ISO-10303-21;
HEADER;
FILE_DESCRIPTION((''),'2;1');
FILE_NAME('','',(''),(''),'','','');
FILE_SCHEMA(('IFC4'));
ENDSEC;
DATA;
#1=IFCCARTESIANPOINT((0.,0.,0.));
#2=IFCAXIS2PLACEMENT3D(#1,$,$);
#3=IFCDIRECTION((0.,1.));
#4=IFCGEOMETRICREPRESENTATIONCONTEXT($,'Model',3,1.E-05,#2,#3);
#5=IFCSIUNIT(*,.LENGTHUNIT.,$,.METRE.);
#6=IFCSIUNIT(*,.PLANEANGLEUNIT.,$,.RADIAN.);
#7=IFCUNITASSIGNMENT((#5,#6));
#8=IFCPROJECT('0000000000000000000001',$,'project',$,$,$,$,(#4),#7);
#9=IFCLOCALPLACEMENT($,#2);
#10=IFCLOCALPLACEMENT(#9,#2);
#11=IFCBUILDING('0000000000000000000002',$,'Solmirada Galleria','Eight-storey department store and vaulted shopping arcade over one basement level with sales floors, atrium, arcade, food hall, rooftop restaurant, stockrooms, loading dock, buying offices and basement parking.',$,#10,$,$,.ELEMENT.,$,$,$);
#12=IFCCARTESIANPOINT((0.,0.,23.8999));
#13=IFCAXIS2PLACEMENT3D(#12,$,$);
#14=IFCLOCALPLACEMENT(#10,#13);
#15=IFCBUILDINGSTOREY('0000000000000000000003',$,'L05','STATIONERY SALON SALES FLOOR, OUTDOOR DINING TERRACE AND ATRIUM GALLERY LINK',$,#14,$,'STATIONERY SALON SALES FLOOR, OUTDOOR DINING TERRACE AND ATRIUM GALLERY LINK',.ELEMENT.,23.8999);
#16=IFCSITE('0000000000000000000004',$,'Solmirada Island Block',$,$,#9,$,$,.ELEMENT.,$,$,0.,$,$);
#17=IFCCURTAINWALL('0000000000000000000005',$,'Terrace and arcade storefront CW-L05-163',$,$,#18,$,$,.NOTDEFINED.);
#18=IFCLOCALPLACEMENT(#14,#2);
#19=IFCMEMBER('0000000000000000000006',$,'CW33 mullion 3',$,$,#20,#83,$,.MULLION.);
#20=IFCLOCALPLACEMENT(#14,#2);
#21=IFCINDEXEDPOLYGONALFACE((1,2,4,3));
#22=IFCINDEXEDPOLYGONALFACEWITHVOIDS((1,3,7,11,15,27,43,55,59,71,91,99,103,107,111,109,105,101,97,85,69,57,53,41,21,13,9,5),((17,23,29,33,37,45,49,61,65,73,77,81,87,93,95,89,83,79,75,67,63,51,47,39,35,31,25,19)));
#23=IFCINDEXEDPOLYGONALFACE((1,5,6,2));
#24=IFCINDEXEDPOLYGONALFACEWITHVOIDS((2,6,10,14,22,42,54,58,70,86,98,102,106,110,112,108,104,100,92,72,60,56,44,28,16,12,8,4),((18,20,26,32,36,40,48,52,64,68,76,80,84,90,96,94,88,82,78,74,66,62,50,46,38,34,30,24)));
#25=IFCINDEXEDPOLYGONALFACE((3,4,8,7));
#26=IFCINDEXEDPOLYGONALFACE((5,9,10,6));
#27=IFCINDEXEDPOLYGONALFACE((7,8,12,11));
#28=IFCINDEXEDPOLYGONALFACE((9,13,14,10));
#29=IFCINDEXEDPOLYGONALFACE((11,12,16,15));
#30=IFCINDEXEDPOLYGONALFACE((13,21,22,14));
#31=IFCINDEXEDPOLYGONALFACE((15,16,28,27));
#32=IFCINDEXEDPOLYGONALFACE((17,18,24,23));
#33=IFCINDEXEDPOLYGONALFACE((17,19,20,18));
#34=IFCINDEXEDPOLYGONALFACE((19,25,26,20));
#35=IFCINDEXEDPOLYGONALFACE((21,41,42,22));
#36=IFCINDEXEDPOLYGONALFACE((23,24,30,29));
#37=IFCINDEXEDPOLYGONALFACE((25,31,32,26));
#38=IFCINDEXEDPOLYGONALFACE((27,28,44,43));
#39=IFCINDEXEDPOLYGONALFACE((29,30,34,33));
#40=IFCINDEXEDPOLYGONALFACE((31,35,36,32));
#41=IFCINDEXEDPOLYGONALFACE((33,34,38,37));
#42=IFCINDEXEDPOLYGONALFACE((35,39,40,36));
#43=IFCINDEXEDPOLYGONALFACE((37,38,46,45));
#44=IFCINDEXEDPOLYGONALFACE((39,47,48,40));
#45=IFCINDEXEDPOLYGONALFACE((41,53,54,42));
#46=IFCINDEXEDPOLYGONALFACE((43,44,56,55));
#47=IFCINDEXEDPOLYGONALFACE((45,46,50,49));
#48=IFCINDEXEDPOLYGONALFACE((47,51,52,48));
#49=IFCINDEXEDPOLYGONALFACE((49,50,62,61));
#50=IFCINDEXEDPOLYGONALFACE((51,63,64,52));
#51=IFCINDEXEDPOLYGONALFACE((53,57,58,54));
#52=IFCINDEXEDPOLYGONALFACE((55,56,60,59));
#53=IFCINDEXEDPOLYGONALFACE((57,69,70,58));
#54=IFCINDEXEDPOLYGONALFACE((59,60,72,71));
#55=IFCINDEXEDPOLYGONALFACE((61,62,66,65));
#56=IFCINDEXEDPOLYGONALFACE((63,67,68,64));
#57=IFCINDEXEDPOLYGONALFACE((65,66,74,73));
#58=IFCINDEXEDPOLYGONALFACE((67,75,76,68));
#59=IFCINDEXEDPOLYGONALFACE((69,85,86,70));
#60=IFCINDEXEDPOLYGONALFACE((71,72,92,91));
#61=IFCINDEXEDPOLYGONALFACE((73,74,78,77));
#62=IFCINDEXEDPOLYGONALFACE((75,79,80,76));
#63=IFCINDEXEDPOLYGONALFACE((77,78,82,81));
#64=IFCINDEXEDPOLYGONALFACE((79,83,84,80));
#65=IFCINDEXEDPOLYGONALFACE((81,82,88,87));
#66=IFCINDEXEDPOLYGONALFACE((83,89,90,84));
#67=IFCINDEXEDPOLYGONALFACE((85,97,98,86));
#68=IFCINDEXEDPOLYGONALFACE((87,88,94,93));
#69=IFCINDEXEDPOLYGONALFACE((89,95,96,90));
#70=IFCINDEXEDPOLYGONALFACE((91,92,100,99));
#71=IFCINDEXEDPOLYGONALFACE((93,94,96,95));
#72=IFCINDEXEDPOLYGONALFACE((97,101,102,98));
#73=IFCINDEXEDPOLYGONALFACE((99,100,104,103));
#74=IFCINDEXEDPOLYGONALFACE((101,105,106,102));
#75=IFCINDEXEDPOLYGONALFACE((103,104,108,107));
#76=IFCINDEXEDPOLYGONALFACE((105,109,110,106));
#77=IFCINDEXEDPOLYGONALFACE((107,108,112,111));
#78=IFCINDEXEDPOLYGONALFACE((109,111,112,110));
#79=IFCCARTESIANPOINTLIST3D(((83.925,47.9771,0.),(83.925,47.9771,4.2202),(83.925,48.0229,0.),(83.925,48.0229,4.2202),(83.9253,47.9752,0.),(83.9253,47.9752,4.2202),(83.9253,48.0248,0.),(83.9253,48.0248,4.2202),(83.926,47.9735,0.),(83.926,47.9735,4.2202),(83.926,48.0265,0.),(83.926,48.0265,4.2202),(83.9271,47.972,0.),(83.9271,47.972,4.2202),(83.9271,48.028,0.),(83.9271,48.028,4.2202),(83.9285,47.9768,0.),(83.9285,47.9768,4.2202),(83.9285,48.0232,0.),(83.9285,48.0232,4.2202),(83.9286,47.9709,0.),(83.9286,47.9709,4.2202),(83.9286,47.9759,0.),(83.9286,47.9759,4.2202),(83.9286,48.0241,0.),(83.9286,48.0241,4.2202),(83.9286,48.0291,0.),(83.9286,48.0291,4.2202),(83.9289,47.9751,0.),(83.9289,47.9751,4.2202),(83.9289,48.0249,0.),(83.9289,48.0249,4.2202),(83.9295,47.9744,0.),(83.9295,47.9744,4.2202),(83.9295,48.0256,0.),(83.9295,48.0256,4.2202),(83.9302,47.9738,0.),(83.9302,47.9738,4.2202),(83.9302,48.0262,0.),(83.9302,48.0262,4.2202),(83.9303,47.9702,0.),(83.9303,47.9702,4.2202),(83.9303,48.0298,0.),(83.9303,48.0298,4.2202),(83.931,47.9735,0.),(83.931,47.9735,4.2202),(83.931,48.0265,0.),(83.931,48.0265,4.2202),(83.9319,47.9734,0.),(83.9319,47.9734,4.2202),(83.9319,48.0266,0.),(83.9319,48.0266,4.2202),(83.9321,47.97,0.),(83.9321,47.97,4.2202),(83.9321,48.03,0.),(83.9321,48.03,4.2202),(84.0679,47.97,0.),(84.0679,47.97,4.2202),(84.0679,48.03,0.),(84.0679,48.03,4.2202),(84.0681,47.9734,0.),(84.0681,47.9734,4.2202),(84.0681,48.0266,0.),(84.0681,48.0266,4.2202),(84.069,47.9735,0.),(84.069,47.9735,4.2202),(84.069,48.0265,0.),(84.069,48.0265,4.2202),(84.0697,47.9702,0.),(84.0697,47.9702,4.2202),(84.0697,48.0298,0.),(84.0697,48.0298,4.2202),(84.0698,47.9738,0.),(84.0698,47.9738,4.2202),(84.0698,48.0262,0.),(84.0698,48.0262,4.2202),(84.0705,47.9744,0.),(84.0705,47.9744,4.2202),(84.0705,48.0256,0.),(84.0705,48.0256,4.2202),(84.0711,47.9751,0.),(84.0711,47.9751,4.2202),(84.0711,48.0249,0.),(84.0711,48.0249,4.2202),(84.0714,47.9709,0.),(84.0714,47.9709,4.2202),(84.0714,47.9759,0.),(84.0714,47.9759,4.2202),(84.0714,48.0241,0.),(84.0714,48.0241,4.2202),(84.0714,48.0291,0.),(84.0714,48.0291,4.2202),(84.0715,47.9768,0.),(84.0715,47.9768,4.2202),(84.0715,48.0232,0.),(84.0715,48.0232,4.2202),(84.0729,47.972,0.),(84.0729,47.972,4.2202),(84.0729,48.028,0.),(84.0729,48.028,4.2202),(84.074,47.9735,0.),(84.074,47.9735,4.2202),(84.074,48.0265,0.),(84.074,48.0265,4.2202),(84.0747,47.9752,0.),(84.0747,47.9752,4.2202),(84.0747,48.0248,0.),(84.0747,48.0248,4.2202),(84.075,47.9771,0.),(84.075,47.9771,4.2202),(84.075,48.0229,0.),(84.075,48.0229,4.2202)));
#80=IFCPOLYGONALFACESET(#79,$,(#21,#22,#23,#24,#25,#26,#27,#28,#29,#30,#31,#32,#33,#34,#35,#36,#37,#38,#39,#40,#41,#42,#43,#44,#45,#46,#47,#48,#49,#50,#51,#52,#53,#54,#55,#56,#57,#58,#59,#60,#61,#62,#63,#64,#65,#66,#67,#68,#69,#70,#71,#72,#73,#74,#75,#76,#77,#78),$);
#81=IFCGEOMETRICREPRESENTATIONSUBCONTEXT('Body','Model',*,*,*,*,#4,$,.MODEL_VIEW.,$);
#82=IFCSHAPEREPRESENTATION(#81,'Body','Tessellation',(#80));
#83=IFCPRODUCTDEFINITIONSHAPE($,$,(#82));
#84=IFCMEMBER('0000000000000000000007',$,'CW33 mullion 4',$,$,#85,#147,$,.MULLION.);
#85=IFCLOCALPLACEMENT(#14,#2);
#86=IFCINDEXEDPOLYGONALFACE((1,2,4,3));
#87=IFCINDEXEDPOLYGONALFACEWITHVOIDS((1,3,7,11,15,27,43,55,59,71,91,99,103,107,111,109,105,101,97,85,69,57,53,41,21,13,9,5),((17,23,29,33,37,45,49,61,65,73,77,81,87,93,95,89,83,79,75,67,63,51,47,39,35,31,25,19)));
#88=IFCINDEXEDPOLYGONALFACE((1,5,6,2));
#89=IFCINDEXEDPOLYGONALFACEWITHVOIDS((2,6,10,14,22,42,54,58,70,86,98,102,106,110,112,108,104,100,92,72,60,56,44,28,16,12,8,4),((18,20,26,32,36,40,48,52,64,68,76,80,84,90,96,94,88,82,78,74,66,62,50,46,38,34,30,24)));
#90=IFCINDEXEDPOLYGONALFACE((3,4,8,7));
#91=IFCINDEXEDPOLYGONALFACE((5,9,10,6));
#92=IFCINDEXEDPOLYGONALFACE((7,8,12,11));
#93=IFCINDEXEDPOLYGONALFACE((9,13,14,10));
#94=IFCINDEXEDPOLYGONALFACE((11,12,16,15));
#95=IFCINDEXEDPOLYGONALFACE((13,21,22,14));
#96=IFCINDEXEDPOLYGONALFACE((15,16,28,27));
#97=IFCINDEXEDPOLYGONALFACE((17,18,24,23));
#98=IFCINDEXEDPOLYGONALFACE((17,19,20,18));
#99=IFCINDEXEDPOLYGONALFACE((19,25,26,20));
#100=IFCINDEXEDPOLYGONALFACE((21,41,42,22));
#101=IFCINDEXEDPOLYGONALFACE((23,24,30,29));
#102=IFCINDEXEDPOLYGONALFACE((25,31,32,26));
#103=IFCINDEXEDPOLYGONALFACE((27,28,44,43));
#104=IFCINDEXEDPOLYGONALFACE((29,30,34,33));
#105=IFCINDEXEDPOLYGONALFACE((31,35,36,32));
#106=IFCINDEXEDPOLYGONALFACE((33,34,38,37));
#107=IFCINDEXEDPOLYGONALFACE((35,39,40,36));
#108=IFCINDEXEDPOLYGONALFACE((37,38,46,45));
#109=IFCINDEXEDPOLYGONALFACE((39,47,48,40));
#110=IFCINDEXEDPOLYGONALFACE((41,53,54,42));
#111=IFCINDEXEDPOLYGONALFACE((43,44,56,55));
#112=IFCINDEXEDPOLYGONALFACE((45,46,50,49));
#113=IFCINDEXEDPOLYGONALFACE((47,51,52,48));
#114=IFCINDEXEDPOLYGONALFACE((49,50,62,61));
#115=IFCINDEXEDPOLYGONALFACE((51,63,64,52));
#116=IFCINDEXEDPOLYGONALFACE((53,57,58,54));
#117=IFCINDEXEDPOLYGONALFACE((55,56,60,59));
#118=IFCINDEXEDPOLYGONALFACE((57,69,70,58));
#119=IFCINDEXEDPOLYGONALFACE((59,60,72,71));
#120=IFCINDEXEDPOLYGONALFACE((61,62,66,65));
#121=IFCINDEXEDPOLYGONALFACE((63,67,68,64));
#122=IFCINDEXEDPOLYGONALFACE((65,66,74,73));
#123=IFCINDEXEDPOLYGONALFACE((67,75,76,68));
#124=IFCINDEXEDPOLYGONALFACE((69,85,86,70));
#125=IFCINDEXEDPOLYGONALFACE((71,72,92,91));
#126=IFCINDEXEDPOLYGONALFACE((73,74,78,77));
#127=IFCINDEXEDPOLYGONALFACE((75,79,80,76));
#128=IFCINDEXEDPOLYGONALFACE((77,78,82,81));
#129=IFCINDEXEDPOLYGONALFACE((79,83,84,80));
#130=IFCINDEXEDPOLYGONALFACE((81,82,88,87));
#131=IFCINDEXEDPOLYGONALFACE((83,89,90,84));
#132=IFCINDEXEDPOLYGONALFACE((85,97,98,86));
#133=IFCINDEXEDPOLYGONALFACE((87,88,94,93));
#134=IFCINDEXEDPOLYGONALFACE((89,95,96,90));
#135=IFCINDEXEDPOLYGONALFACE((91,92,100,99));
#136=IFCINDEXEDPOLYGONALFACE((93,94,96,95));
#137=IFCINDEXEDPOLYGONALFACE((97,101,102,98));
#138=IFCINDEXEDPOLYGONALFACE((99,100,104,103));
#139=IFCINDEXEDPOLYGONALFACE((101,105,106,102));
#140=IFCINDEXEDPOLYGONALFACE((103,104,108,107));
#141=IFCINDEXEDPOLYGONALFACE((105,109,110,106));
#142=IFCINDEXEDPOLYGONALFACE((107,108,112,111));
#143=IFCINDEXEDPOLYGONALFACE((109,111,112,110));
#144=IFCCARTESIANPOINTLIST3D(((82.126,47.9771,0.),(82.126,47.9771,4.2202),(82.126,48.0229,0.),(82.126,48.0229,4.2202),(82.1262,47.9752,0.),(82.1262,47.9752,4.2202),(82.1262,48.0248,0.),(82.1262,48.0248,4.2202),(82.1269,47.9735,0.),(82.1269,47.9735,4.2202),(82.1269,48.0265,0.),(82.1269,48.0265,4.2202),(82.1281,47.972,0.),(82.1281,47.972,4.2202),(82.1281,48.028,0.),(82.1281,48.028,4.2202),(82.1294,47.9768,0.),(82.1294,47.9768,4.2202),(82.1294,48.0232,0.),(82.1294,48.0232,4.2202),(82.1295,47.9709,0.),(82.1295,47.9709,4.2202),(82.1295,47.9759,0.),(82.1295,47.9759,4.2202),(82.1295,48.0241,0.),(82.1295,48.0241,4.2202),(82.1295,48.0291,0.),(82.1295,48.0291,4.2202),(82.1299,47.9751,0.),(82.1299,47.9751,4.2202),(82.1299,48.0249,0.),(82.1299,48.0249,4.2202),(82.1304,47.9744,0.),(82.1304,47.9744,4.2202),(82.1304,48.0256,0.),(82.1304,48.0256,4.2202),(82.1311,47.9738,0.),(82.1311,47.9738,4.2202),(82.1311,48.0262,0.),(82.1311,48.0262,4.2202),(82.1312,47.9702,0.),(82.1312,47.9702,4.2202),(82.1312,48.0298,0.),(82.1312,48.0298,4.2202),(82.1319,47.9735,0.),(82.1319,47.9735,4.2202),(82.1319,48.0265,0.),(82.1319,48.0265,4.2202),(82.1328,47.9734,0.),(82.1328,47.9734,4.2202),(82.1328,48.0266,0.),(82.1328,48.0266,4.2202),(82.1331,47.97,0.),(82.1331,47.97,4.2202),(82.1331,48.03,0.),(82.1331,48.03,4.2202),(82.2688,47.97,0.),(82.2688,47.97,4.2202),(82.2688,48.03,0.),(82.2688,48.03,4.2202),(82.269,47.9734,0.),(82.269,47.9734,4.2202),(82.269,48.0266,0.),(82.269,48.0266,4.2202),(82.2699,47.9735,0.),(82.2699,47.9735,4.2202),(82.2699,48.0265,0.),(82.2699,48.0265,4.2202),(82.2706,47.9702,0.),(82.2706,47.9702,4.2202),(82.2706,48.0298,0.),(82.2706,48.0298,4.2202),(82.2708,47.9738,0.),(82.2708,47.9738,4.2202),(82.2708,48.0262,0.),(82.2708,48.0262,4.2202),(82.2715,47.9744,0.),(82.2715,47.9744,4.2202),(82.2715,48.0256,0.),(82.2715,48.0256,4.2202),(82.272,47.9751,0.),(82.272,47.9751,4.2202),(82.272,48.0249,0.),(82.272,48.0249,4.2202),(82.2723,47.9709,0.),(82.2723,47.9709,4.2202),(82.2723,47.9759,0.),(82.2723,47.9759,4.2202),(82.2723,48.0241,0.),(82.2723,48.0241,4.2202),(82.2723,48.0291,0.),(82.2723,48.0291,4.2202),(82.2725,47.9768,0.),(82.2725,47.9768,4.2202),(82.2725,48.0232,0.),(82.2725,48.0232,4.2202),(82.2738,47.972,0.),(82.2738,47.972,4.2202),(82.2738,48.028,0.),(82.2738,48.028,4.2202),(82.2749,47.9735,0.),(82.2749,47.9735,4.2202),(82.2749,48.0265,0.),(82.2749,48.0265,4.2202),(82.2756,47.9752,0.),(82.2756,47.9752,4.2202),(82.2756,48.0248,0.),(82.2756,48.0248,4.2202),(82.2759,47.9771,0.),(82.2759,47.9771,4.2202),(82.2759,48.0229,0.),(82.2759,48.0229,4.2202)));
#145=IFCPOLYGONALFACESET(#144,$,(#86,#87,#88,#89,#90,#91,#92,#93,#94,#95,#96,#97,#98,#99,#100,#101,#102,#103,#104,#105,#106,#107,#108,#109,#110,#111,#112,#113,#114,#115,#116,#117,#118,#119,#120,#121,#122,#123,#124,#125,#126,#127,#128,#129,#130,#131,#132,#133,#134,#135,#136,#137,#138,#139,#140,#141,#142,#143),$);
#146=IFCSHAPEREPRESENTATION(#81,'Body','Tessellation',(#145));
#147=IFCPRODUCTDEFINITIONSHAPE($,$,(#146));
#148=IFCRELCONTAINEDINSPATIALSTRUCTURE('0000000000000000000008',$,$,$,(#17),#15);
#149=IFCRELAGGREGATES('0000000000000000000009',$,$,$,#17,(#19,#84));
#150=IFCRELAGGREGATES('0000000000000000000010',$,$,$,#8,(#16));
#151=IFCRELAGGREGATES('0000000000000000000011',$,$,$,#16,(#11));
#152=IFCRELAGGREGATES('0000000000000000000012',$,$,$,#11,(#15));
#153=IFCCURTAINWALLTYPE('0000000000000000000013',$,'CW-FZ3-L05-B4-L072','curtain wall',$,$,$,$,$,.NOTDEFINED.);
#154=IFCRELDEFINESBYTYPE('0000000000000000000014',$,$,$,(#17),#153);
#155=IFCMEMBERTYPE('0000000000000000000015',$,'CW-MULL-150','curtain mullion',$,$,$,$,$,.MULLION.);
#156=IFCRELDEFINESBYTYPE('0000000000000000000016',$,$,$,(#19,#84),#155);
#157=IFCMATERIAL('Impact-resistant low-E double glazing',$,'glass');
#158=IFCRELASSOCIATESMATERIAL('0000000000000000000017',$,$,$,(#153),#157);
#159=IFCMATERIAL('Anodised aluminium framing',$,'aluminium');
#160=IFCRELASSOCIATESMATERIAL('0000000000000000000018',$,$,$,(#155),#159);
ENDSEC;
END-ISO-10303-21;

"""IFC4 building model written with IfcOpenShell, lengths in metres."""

from ifc_helpers import new_model, si_unit, direction, frame, origin, origin_2d, place, context, subcontext, project, spatial, hollow_rectangle, extrude, material, material_profile, profile_set, type_object, element, aggregate, save


model = new_model("IFC4")

# Units and contexts
model_context = context("Model", 3, precision=1e-05, world=origin(), true_north=direction((0.0, 1.0)))
body_context = subcontext(model_context, "Body", "Model", "MODEL_VIEW")
ifc_project = project(units=[si_unit("LENGTHUNIT", "METRE"), si_unit("PLANEANGLEUNIT", "RADIAN")], contexts=[model_context])

# Site, building, storey
site_placement = place(None, origin())
site = spatial("IfcSite", under=ifc_project, at=site_placement, Name="Solmirada Island Block", CompositionType="ELEMENT", RefElevation=0.0)
building_placement = place(site_placement, origin())
building = spatial("IfcBuilding", under=site, at=building_placement, Name="Solmirada Galleria", Description="Eight-storey department store and vaulted shopping arcade over one basement level with sales floors, atrium, arcade, food hall, rooftop restaurant, stockrooms, loading dock, buying offices and basement parking.", CompositionType="ELEMENT")
storey_placement = place(building_placement, frame((0.0, 0.0, 23.8999)))
storey = spatial("IfcBuildingStorey", under=building, at=storey_placement, Name="L05", Description="STATIONERY SALON SALES FLOOR, OUTDOOR DINING TERRACE AND ATRIUM GALLERY LINK", LongName="STATIONERY SALON SALES FLOOR, OUTDOOR DINING TERRACE AND ATRIUM GALLERY LINK", CompositionType="ELEMENT", Elevation=23.8999)

# Curtain wall, members
ifc_material_1 = material(Name="Impact-resistant low-E double glazing", Category="glass")
curtain_wall_type = type_object("IfcCurtainWallType", Name="CW-FZ3-L05-B4-L072", Description="curtain wall", PredefinedType="NOTDEFINED", material=ifc_material_1)
curtain_wall_placement = place(storey_placement, origin())
curtain_wall = element("IfcCurtainWall", 1, at=curtain_wall_placement, inside=storey, type_object=curtain_wall_type, Name="Terrace and arcade storefront CW-L05-163", PredefinedType="NOTDEFINED")
ifc_material_2 = material(Name="Anodised aluminium framing", Category="aluminium")
ifc_material_profile_1 = material_profile(ifc_material_2, hollow_rectangle(XDim=0.0601, YDim=0.1499, WallThickness=0.0034, InnerFilletRadius=0.0034, OuterFilletRadius=0.0071, at=origin_2d()), Name="ALU-MULL-150X60")
ifc_profile_set_1 = profile_set([ifc_material_profile_1], Name="Anodised aluminium framing")
member_type_1 = type_object("IfcMemberType", Name="CW-MULL-150", Description="curtain mullion", PredefinedType="MULLION", material=ifc_profile_set_1)
member_1_placement = place(storey_placement, frame((84.0, 48.0, 0.0), z_axis=(0.0, 0.0, 1.0), x_axis=(0.0, -1.0, 0.0)))
member_1 = element("IfcMember", 2, at=member_1_placement, type_object=member_type_1, Name="CW33 mullion 3", PredefinedType="MULLION", context=body_context, shape_type="SweptSolid", body=[
    extrude(hollow_rectangle(XDim=0.0601, YDim=0.1499, WallThickness=0.0034, InnerFilletRadius=0.0034, OuterFilletRadius=0.0071, at=origin_2d()), origin(), (0.0, 0.0, 1.0), 4.2202),
])
member_2_placement = place(storey_placement, frame((82.2009, 48.0, 0.0), z_axis=(0.0, 0.0, 1.0), x_axis=(0.0, -1.0, 0.0)))
member_2 = element("IfcMember", 3, at=member_2_placement, type_object=member_type_1, Name="CW33 mullion 4", PredefinedType="MULLION", context=body_context, shape_type="SweptSolid", body=[
    extrude(hollow_rectangle(XDim=0.0601, YDim=0.1499, WallThickness=0.0034, InnerFilletRadius=0.0034, OuterFilletRadius=0.0071, at=origin_2d()), origin(), (0.0, 0.0, 1.0), 4.2202),
])
aggregate(curtain_wall, [member_1, member_2])

save(model, "model.ifc")
